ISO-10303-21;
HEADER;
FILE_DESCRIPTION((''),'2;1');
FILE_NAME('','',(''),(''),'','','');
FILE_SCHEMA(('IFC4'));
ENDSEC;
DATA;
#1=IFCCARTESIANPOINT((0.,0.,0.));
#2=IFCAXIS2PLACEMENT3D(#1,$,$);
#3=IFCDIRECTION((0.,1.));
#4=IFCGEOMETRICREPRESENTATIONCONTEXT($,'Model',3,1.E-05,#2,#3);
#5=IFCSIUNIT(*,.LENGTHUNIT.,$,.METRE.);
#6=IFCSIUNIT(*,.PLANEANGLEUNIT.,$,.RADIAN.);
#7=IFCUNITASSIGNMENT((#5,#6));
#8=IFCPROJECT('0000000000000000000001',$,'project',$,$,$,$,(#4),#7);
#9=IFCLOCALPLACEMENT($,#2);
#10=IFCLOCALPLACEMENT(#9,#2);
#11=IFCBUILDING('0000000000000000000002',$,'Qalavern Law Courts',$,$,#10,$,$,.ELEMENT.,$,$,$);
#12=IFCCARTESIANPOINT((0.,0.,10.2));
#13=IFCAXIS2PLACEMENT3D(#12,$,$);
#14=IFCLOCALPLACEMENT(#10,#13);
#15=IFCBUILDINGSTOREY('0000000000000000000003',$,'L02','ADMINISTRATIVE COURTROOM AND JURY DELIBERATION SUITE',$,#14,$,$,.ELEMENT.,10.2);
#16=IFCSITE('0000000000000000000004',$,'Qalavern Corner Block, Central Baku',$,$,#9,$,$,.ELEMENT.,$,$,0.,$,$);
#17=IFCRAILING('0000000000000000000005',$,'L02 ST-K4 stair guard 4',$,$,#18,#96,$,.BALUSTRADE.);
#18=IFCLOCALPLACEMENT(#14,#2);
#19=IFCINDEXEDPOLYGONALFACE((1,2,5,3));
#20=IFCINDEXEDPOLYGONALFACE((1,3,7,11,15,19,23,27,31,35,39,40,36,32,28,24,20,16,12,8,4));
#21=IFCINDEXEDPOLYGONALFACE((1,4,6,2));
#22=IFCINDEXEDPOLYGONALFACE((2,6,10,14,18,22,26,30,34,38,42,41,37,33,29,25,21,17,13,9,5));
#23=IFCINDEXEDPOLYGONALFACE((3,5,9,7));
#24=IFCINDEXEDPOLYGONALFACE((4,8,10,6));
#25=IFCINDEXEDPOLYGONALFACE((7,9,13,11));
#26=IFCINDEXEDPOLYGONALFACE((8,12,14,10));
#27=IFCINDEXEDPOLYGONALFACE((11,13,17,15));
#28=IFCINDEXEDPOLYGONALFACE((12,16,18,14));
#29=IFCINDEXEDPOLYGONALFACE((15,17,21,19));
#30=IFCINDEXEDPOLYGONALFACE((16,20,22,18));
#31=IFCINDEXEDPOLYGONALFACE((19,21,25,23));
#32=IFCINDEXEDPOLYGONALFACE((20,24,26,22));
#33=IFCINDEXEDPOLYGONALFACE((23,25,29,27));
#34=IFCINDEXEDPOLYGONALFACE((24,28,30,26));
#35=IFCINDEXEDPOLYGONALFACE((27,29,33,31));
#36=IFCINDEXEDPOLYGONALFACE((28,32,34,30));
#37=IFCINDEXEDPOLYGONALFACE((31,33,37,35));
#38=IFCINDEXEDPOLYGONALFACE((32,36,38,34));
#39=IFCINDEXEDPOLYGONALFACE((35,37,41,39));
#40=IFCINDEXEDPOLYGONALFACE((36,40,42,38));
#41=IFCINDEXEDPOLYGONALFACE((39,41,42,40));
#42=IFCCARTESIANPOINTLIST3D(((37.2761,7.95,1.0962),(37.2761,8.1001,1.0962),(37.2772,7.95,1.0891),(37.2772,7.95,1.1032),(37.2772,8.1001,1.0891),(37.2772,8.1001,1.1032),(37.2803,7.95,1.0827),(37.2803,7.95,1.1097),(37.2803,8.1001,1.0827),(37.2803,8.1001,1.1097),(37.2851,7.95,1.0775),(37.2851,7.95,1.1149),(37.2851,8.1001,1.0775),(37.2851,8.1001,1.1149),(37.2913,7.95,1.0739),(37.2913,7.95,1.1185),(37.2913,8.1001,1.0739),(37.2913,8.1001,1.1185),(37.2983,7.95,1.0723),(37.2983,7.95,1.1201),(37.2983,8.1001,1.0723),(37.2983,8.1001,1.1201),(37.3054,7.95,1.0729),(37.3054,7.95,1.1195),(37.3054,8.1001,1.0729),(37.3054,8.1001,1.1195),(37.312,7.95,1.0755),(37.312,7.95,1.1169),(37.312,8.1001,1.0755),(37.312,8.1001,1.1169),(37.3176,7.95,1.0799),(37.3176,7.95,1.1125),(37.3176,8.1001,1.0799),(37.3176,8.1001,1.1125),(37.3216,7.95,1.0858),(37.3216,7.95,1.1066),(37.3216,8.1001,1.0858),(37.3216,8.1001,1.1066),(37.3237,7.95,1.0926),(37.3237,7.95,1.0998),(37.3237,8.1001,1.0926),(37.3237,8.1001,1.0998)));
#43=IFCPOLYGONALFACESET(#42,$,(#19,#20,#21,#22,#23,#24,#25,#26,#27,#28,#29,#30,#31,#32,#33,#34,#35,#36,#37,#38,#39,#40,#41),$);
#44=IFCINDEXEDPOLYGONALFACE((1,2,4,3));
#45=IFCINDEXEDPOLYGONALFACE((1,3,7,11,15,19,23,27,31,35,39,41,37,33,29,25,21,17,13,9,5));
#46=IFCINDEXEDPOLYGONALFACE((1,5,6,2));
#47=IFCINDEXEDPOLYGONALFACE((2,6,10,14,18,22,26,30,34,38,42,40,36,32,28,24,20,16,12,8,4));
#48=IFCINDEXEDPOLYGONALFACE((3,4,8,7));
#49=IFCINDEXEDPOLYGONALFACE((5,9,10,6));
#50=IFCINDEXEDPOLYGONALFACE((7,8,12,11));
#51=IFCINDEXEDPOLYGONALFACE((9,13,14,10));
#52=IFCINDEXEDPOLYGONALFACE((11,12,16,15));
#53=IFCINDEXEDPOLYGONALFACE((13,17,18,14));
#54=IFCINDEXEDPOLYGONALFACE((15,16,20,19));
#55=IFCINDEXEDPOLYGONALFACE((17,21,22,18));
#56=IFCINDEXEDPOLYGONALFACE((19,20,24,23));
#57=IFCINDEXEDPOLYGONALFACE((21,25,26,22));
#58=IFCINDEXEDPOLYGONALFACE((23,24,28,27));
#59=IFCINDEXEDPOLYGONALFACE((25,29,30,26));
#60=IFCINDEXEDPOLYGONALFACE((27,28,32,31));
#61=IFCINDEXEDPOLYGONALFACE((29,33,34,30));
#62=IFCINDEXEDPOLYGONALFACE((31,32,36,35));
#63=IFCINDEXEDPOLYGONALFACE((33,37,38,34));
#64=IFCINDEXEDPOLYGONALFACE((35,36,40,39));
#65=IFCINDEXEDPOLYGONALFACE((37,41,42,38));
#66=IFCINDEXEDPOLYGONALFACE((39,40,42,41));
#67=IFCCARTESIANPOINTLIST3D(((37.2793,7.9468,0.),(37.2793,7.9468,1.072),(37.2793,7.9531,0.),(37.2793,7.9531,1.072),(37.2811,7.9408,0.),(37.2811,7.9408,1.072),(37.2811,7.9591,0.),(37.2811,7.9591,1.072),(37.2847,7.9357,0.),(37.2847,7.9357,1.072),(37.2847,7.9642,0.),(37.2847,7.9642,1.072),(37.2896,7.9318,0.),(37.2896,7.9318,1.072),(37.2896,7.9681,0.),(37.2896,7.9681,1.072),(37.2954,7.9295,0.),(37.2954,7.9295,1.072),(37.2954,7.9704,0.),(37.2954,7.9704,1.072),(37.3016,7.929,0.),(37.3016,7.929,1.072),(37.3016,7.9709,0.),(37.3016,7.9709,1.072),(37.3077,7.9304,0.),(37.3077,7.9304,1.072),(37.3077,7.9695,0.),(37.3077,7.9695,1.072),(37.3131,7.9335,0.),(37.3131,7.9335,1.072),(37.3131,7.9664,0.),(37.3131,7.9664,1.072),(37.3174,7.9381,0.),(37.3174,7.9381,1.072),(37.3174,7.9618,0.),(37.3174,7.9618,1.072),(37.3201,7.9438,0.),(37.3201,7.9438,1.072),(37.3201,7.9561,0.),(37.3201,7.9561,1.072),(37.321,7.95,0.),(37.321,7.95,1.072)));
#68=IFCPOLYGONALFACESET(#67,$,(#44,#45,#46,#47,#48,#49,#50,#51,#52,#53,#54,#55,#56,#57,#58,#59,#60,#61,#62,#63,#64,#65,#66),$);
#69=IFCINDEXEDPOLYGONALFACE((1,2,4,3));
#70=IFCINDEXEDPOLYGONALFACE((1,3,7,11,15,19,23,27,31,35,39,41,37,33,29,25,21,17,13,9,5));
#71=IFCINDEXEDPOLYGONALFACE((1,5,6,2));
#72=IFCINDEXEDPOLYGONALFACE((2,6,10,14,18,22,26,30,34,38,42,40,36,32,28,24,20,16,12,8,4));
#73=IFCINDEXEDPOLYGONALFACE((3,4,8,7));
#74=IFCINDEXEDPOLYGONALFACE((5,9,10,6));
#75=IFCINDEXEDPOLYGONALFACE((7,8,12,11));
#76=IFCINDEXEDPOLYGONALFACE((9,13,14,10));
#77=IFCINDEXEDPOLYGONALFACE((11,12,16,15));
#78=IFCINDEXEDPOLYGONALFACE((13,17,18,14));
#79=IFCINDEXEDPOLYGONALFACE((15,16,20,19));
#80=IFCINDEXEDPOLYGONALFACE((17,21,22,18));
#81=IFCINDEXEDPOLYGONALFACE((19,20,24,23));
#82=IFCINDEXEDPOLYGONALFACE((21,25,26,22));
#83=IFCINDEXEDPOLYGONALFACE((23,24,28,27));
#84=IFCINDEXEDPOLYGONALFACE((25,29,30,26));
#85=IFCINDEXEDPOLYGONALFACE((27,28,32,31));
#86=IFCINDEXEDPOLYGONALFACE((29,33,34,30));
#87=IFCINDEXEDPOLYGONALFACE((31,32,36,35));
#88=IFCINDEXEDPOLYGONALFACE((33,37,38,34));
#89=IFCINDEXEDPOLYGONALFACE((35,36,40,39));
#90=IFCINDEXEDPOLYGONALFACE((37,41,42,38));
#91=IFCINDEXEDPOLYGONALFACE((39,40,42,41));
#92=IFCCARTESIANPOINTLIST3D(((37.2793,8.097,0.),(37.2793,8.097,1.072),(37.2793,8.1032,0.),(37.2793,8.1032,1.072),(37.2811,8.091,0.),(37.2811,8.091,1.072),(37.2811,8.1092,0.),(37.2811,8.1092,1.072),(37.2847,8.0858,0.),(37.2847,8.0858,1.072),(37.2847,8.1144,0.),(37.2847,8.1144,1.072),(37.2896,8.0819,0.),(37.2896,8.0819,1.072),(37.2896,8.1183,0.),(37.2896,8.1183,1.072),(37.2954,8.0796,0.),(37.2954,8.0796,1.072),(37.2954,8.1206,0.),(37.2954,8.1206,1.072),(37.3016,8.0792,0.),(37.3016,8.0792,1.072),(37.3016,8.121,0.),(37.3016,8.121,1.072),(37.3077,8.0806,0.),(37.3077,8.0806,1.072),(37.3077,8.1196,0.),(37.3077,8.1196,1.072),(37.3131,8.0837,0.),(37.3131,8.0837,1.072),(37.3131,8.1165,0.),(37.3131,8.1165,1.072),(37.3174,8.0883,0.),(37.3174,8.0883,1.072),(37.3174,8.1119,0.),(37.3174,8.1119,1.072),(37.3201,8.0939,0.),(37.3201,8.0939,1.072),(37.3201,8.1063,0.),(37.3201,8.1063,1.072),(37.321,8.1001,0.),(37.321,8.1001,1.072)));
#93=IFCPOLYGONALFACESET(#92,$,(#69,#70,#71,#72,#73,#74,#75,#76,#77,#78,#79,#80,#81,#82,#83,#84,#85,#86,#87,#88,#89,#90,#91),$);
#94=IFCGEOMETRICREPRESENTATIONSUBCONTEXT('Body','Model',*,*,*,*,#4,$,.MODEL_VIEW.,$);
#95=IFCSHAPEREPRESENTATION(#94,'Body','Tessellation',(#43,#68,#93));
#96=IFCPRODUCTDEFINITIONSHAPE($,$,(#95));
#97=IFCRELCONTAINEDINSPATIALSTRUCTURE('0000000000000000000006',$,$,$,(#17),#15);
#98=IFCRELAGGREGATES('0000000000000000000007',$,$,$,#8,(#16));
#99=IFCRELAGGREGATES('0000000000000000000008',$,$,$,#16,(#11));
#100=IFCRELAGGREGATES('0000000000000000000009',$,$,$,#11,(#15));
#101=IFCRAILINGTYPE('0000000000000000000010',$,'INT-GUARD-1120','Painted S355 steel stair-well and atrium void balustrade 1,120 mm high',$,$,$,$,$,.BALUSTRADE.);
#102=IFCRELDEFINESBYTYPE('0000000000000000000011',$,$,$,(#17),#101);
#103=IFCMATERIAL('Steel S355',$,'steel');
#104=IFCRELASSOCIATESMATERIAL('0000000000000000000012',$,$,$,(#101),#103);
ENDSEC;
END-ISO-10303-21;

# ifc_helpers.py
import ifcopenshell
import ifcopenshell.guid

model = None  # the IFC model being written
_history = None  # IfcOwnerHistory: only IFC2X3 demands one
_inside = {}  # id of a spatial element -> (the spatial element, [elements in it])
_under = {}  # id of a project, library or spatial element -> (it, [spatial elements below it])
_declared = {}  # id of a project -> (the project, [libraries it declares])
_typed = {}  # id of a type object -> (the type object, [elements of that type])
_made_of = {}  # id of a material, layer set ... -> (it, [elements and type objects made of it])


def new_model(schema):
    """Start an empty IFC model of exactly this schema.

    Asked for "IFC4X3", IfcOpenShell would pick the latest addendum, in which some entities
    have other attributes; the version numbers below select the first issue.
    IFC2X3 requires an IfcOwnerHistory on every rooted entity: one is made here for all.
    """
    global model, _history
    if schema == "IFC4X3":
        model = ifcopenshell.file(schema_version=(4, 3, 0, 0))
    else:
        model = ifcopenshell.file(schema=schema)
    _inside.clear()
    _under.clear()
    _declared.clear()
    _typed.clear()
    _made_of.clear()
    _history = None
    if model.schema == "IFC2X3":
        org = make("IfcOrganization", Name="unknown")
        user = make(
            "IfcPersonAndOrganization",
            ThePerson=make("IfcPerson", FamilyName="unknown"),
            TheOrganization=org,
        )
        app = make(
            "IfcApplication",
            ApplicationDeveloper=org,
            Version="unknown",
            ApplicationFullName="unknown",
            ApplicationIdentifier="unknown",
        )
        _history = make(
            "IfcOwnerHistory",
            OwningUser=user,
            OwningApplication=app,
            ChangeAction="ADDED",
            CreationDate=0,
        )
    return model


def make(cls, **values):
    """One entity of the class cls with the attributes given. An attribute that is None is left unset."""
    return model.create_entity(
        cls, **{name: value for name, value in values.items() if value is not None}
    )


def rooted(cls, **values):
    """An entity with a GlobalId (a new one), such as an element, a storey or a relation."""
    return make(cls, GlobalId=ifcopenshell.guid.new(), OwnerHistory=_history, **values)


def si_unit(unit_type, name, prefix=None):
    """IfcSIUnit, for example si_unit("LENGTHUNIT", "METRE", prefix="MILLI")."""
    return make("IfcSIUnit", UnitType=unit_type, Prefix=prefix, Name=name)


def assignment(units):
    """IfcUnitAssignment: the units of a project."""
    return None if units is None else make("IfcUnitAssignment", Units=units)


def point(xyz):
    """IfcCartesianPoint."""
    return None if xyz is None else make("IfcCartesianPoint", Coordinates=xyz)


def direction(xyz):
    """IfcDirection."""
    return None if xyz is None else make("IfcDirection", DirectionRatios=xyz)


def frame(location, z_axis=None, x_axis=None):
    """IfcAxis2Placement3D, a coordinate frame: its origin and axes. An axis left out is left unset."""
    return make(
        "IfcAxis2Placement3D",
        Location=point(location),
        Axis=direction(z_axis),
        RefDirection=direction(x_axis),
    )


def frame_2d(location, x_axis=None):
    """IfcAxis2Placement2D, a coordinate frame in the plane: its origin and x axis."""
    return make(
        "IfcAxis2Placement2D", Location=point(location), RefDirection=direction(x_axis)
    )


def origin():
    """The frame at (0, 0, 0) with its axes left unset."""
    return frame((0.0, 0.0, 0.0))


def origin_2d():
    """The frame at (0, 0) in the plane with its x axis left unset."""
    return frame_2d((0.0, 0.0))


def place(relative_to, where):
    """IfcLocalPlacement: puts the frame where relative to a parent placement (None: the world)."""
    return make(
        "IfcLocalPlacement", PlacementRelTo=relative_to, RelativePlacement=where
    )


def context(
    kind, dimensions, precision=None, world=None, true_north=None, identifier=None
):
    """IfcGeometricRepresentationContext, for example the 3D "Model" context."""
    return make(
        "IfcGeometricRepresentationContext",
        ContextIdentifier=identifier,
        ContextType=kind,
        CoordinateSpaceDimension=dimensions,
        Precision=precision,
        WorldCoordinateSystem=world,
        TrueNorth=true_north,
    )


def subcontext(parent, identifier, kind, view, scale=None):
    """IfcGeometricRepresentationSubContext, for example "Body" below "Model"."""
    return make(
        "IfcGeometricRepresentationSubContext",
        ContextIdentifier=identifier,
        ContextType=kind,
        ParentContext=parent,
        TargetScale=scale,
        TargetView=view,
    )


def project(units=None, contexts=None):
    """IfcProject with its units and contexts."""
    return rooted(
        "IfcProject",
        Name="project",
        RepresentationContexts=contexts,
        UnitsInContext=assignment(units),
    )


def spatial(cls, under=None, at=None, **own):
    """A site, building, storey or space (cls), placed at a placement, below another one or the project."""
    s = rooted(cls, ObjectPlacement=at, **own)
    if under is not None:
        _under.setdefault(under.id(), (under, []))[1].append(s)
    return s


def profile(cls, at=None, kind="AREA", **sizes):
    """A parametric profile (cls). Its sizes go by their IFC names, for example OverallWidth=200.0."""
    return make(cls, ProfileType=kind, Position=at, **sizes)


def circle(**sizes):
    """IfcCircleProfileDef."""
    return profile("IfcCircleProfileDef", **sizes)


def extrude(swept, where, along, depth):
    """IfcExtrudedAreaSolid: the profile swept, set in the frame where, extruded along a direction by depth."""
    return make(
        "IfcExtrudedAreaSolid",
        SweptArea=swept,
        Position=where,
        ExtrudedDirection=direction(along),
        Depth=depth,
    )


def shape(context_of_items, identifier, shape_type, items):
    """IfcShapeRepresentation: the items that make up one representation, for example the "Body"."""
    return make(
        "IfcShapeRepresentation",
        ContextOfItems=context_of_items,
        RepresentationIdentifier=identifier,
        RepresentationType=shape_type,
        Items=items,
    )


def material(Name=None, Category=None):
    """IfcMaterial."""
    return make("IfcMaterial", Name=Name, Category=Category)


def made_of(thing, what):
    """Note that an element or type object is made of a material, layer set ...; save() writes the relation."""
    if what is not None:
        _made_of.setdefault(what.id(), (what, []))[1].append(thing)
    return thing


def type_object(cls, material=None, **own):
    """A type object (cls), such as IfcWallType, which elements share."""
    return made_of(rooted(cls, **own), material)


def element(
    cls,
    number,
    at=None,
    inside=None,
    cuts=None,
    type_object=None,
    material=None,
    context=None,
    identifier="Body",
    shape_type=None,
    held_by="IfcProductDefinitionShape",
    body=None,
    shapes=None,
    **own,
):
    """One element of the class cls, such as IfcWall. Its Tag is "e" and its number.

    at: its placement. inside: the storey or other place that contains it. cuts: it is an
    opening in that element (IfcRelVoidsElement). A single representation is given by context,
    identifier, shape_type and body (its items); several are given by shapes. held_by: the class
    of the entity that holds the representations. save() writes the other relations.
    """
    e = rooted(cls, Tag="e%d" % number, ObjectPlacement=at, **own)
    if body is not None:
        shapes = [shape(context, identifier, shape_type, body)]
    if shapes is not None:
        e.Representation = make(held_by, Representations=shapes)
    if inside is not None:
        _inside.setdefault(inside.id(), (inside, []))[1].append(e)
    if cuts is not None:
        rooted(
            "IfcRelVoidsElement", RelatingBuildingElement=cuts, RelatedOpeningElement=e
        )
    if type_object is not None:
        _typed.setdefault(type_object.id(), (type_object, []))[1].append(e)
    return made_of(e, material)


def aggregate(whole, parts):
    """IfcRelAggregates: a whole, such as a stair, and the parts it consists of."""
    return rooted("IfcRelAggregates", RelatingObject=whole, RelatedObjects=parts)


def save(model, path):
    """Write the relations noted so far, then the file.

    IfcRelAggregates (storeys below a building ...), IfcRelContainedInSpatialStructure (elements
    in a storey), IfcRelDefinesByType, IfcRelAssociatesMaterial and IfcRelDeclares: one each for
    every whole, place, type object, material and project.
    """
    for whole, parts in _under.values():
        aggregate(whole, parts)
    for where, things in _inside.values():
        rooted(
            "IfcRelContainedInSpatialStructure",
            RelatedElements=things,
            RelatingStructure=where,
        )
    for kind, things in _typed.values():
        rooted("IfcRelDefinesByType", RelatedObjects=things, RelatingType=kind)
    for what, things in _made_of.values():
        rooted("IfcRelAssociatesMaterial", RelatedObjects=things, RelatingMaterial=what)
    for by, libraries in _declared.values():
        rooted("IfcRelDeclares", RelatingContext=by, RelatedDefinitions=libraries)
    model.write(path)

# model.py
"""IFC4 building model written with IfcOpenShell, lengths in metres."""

from ifc_helpers import new_model, si_unit, direction, frame, origin, origin_2d, place, context, subcontext, project, spatial, circle, extrude, material, type_object, element, save


model = new_model("IFC4")

# Units and contexts
model_context = context("Model", 3, precision=1e-05, world=origin(), true_north=direction((0.0, 1.0)))
body_context = subcontext(model_context, "Body", "Model", "MODEL_VIEW")
ifc_project = project(units=[si_unit("LENGTHUNIT", "METRE"), si_unit("PLANEANGLEUNIT", "RADIAN")], contexts=[model_context])

# Site, building, storey
site_placement = place(None, origin())
site = spatial("IfcSite", under=ifc_project, at=site_placement, Name="Qalavern Corner Block, Central Baku", CompositionType="ELEMENT", RefElevation=0.0)
building_placement = place(site_placement, origin())
building = spatial("IfcBuilding", under=site, at=building_placement, Name="Qalavern Law Courts", CompositionType="ELEMENT")
storey_placement = place(building_placement, frame((0.0, 0.0, 10.2)))
storey = spatial("IfcBuildingStorey", under=building, at=storey_placement, Name="L02", Description="ADMINISTRATIVE COURTROOM AND JURY DELIBERATION SUITE", CompositionType="ELEMENT", Elevation=10.2)

# Shared definitions
ifc_material_1 = material(Name="Steel S355", Category="steel")

# Railing
railing_type_1 = type_object("IfcRailingType", Name="INT-GUARD-1120", Description="Painted S355 steel stair-well and atrium void balustrade 1,120 mm high", PredefinedType="BALUSTRADE", material=ifc_material_1)
railing_1_placement = place(storey_placement, frame((37.3, 7.95, 0.0)))
element("IfcRailing", 1, at=railing_1_placement, inside=storey, type_object=railing_type_1, Name="L02 ST-K4 stair guard 4", PredefinedType="BALUSTRADE", context=body_context, shape_type="SweptSolid", body=[
    extrude(circle(Radius=0.0239, at=origin_2d()), frame((0.0, 0.0, 1.0962), z_axis=(0.0, 1.0, 0.0), x_axis=(-1.0, 0.0, 0.0)), (0.0, 0.0, 1.0), 0.1501),
    extrude(circle(Radius=0.021, at=origin_2d()), origin(), (0.0, 0.0, 1.0), 1.072),
    extrude(circle(Radius=0.021, at=origin_2d()), frame((0.0, 0.1501, 0.0)), (0.0, 0.0, 1.0), 1.072),
])

save(model, "model.ifc")
